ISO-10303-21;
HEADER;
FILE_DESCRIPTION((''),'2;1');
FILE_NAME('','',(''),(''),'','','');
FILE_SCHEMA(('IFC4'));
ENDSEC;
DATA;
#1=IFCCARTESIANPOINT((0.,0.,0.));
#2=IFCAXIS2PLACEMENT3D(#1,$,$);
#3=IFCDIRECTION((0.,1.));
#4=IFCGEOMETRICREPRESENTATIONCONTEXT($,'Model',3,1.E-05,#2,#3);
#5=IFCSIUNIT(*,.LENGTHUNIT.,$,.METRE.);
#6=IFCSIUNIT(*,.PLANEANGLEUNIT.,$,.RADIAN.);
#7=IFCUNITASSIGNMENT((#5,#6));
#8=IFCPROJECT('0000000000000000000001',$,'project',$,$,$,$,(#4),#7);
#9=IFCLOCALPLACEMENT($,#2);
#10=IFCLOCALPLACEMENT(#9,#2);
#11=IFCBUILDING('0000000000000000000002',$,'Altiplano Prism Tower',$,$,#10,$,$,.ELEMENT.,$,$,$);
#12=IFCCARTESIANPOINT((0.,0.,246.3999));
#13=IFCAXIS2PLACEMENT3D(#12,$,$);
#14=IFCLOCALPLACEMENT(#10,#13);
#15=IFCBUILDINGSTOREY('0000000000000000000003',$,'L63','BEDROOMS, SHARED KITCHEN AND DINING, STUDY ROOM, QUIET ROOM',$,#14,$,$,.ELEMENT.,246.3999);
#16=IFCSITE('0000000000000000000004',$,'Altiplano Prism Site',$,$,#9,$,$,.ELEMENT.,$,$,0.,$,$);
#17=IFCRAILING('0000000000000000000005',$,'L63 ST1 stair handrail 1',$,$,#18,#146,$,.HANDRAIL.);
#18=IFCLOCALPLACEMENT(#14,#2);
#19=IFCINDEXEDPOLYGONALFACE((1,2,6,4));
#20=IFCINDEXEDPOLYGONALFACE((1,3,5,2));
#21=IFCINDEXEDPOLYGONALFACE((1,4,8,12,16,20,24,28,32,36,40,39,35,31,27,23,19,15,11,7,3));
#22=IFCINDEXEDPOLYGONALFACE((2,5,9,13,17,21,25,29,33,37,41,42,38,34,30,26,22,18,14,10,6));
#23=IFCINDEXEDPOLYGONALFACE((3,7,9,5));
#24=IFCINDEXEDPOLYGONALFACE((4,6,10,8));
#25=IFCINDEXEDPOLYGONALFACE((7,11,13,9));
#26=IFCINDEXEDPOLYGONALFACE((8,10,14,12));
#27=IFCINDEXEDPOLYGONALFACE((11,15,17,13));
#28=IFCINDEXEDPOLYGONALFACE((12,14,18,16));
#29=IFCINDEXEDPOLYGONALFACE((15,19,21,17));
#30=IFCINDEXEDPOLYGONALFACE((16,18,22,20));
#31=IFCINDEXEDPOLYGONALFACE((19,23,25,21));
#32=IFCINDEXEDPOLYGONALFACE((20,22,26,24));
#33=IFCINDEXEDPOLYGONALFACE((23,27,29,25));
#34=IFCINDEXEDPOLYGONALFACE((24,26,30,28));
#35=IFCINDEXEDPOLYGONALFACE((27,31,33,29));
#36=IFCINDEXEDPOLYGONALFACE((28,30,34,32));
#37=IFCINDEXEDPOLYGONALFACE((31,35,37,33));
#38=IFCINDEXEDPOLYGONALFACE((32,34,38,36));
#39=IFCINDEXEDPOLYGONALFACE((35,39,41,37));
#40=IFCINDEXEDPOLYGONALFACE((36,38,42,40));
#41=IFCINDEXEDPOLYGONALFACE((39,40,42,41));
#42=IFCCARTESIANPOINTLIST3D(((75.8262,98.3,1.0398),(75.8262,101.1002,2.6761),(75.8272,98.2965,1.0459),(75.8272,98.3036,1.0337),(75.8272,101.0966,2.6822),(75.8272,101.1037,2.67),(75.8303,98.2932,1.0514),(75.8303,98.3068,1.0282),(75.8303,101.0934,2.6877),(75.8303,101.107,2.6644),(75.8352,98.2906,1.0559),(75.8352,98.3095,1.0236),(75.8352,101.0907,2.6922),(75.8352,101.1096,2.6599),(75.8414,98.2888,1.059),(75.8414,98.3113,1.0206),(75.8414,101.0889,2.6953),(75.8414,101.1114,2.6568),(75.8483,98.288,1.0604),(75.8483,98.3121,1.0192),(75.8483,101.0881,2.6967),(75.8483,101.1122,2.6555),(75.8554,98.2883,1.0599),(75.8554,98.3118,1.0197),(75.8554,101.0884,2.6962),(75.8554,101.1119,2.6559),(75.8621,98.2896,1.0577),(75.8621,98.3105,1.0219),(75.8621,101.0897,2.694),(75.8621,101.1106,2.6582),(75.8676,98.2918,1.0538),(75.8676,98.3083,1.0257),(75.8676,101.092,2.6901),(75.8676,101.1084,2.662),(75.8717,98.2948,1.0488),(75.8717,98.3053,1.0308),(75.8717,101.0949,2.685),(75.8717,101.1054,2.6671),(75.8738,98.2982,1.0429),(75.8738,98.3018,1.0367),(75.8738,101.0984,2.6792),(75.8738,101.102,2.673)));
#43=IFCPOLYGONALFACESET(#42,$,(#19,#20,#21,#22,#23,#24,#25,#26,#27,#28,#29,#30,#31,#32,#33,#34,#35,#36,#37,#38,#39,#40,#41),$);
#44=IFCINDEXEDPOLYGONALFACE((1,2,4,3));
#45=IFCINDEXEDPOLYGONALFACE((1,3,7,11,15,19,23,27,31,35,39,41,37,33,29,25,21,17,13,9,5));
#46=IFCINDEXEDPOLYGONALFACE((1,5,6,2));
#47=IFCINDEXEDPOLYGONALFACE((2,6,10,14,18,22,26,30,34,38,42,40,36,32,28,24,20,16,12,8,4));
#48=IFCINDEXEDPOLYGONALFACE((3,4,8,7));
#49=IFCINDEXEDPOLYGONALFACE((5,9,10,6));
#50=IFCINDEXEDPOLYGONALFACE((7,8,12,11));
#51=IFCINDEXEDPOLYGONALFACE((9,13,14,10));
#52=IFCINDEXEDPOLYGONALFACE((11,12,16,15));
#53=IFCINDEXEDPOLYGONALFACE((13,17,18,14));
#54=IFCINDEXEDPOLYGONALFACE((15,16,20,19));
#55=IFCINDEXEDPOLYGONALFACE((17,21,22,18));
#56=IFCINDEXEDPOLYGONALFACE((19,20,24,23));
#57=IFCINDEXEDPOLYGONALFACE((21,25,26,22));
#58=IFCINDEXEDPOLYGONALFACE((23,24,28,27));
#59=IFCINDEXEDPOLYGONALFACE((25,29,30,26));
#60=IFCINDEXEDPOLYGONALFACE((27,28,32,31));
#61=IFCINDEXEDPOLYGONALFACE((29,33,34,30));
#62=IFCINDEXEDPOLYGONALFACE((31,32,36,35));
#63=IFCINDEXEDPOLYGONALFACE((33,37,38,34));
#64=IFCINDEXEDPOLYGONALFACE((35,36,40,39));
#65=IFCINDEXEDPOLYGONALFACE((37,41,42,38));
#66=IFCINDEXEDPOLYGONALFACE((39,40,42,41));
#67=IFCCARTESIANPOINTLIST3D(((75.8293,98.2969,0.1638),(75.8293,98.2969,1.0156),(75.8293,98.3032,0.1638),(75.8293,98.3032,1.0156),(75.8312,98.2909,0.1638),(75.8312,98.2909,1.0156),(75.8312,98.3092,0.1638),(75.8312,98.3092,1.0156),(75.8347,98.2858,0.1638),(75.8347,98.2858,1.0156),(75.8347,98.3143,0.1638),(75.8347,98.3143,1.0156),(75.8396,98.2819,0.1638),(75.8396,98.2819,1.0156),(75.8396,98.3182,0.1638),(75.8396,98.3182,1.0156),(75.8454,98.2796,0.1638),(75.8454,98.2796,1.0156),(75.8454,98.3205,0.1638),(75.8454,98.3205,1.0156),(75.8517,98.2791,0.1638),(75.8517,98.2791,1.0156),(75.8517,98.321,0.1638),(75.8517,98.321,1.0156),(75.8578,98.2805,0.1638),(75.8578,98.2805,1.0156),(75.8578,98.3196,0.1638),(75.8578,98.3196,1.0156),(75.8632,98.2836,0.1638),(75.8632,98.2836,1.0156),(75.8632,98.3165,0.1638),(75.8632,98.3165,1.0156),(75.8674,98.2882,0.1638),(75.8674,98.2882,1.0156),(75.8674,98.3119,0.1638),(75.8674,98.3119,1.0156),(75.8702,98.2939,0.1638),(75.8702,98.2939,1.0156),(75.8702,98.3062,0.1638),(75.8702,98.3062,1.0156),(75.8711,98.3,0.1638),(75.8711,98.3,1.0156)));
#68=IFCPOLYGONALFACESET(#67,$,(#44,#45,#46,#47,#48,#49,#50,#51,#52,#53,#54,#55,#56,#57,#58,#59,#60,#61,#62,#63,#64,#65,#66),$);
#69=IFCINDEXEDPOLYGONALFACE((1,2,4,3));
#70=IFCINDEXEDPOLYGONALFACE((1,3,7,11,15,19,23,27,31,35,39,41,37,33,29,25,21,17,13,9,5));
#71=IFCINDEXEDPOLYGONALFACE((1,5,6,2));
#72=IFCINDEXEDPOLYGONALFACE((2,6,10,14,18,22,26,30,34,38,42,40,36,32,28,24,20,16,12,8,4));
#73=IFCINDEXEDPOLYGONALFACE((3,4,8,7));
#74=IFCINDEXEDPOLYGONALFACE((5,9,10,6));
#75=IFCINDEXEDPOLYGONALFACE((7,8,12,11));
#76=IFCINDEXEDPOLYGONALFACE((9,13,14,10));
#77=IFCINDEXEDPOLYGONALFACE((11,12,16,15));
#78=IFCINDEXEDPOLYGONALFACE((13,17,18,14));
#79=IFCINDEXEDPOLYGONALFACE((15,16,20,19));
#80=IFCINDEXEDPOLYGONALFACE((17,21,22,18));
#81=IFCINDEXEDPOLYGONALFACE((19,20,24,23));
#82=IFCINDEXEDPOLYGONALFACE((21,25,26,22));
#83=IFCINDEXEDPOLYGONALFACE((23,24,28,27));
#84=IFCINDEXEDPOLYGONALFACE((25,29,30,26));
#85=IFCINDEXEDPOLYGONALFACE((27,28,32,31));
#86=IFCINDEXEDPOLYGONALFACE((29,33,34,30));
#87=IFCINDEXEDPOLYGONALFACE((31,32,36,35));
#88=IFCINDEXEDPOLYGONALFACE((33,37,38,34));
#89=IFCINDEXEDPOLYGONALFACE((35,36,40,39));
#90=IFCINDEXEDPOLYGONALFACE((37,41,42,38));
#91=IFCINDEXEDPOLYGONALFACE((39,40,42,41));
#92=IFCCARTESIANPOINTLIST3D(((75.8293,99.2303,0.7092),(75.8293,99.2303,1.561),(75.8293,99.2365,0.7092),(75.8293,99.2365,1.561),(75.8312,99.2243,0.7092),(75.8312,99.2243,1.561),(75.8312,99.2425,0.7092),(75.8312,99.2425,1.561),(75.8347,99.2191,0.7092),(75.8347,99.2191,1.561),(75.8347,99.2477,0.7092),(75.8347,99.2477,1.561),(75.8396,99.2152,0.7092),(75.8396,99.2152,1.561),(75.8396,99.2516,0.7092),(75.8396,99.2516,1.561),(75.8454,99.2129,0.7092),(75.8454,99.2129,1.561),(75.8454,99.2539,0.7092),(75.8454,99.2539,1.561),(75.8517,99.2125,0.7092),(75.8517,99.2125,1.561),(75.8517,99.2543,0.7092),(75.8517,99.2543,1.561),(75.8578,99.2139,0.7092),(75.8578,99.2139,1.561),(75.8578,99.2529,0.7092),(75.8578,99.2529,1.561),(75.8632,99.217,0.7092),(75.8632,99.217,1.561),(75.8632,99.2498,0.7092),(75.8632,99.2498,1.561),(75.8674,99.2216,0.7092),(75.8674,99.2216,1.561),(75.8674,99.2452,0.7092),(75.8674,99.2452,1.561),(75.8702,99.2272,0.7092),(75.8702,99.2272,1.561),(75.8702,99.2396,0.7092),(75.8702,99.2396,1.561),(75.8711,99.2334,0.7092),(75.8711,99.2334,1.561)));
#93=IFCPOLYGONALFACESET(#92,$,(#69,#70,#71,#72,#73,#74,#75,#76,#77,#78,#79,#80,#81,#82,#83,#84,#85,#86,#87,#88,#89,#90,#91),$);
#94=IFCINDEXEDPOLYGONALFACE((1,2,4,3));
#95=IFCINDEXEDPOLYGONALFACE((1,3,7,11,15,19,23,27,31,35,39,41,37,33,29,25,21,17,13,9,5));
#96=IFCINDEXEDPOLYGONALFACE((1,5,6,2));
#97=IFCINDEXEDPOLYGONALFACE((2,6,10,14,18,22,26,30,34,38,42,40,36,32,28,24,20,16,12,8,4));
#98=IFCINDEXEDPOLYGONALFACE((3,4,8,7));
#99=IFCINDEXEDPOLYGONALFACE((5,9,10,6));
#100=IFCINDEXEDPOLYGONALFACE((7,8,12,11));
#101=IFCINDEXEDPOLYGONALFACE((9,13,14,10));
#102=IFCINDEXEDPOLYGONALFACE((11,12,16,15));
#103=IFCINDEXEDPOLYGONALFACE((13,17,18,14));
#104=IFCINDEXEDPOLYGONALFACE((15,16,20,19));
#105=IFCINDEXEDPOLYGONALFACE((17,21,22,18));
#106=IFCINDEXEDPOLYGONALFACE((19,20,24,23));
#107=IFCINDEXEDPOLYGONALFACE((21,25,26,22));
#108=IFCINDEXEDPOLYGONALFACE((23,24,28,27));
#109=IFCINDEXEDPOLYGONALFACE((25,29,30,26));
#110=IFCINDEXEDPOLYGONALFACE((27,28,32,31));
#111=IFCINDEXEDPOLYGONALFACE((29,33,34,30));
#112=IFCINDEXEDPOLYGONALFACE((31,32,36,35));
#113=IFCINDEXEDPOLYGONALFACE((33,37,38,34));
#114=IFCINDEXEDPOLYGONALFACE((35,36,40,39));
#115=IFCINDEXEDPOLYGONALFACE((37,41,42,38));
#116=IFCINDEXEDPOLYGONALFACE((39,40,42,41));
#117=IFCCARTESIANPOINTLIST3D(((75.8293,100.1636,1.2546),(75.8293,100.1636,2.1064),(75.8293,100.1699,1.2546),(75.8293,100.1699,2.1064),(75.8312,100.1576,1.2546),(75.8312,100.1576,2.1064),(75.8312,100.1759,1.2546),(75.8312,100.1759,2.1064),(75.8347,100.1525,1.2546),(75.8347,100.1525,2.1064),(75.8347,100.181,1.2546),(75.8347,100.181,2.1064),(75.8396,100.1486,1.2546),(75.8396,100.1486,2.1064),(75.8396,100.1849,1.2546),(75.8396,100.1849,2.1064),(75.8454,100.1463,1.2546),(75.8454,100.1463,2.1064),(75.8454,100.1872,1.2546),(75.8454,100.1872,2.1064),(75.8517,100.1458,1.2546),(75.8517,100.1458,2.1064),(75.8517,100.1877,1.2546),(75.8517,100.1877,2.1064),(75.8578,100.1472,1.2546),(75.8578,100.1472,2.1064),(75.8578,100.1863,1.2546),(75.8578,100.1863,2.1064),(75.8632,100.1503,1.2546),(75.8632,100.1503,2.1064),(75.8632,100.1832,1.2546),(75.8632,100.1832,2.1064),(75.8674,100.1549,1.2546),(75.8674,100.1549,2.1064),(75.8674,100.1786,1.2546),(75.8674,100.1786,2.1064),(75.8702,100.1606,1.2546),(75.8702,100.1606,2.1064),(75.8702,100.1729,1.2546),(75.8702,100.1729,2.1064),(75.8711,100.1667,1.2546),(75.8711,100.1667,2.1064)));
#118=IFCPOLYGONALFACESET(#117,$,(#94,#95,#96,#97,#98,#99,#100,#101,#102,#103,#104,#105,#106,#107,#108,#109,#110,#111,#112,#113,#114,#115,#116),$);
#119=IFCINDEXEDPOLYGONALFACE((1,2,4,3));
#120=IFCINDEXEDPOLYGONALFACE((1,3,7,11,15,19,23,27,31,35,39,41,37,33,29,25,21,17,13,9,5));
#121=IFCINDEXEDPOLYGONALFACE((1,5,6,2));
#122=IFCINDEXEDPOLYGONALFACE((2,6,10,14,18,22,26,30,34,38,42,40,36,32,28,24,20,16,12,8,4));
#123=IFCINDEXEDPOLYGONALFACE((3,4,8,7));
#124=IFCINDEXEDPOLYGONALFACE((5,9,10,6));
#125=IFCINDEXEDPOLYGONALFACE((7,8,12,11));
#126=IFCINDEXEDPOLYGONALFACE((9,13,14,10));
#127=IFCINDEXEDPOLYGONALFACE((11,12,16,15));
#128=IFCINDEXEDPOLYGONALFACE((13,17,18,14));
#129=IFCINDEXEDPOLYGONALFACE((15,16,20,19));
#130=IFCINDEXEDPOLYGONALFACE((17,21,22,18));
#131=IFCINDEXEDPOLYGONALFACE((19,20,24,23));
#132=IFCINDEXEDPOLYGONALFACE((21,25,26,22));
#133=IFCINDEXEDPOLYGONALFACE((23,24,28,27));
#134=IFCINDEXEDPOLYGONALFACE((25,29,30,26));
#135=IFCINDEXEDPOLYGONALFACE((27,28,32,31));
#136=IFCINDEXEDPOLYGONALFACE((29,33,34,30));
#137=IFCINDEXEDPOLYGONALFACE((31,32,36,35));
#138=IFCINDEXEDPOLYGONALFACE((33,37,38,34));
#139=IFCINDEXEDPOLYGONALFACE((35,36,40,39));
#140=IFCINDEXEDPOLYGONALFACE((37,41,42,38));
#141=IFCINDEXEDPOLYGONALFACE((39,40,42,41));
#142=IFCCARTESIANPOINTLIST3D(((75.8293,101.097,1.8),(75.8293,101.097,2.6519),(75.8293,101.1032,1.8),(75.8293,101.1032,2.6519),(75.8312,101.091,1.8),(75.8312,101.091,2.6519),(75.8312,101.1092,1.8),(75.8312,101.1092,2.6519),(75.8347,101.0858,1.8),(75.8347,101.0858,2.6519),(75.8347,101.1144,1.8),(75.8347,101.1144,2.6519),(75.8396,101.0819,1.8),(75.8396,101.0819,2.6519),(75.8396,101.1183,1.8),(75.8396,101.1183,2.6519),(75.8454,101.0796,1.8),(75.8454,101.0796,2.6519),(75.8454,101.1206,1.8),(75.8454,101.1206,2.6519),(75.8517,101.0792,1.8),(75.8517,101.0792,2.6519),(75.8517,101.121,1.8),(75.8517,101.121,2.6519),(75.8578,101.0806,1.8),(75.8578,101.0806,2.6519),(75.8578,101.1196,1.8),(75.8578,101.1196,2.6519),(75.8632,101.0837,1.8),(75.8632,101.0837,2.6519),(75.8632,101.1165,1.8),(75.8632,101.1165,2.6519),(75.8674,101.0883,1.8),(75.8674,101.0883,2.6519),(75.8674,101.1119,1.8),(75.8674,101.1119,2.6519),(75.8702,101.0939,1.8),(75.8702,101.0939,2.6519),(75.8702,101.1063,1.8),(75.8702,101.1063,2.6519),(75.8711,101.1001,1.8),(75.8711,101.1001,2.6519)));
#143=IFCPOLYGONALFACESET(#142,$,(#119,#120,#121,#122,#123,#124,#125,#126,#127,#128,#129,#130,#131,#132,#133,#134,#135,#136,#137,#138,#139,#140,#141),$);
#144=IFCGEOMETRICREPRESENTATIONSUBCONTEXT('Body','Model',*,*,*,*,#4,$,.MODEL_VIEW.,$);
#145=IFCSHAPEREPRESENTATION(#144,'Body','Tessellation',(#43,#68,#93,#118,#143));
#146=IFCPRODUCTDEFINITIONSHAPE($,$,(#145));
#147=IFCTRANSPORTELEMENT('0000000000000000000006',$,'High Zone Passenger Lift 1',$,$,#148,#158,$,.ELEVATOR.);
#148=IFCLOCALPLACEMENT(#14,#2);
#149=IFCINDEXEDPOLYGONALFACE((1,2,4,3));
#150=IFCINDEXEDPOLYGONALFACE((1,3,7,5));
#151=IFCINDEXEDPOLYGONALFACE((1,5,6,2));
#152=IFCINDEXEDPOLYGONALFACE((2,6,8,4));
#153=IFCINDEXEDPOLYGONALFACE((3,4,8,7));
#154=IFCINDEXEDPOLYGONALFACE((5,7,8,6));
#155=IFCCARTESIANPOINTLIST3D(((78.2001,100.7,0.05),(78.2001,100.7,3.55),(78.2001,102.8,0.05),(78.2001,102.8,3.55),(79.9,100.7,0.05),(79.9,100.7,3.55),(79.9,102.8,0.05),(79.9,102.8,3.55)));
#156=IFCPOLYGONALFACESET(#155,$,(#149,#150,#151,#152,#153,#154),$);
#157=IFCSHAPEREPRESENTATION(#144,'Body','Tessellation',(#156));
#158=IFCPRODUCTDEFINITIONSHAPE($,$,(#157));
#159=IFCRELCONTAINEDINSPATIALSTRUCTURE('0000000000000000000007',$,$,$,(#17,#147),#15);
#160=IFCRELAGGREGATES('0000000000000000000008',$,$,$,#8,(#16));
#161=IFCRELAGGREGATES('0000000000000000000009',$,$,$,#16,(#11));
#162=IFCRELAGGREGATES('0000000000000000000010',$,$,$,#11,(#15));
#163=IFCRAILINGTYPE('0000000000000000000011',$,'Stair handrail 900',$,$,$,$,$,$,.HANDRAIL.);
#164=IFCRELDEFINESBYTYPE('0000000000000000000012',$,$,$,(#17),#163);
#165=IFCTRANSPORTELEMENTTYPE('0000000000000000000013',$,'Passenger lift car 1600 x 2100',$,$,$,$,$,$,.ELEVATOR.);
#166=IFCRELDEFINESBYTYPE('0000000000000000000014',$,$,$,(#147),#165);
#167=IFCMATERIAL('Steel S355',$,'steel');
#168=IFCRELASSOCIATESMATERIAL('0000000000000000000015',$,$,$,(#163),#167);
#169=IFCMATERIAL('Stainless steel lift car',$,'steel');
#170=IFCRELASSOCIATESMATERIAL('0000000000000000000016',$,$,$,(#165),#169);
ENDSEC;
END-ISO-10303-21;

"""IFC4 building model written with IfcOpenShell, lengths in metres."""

from ifc_helpers import new_model, si_unit, direction, frame, origin, origin_2d, place, context, subcontext, project, spatial, rectangle, circle, extrude, material, type_object, element, save


model = new_model("IFC4")

# Units and contexts
model_context = context("Model", 3, precision=1e-05, world=origin(), true_north=direction((0.0, 1.0)))
body_context = subcontext(model_context, "Body", "Model", "MODEL_VIEW")
ifc_project = project(units=[si_unit("LENGTHUNIT", "METRE"), si_unit("PLANEANGLEUNIT", "RADIAN")], contexts=[model_context])

# Site, building, storey
site_placement = place(None, origin())
site = spatial("IfcSite", under=ifc_project, at=site_placement, Name="Altiplano Prism Site", CompositionType="ELEMENT", RefElevation=0.0)
building_placement = place(site_placement, origin())
building = spatial("IfcBuilding", under=site, at=building_placement, Name="Altiplano Prism Tower", CompositionType="ELEMENT")
storey_placement = place(building_placement, frame((0.0, 0.0, 246.3999)))
storey = spatial("IfcBuildingStorey", under=building, at=storey_placement, Name="L63", Description="BEDROOMS, SHARED KITCHEN AND DINING, STUDY ROOM, QUIET ROOM", CompositionType="ELEMENT", Elevation=246.3999)

# Railing
ifc_material_1 = material(Name="Steel S355", Category="steel")
railing_type = type_object("IfcRailingType", Name="Stair handrail 900", PredefinedType="HANDRAIL", material=ifc_material_1)
railing_placement = place(storey_placement, frame((75.8501, 98.3, 0.1638)))
element("IfcRailing", 1, at=railing_placement, inside=storey, type_object=railing_type, Name="L63 ST1 stair handrail 1", PredefinedType="HANDRAIL", context=body_context, shape_type="SweptSolid", body=[
    extrude(circle(Radius=0.0239, at=origin_2d()), frame((0.0, 0.0, 0.876), z_axis=(0.0, 0.863394, 0.504531), x_axis=(-1.0, 0.0, 0.0)), (0.0, 0.0, 1.0), 3.2432),
    extrude(circle(Radius=0.021, at=origin_2d()), origin(), (0.0, 0.0, 1.0), 0.8518),
    extrude(circle(Radius=0.021, at=origin_2d()), frame((0.0, 0.9333, 0.5454)), (0.0, 0.0, 1.0), 0.8518),
    extrude(circle(Radius=0.021, at=origin_2d()), frame((0.0, 1.8667, 1.0908)), (0.0, 0.0, 1.0), 0.8518),
    extrude(circle(Radius=0.021, at=origin_2d()), frame((0.0, 2.8, 1.6362)), (0.0, 0.0, 1.0), 0.8518),
])

# Transport element
ifc_material_2 = material(Name="Stainless steel lift car", Category="steel")
transport_element_type = type_object("IfcTransportElementType", Name="Passenger lift car 1600 x 2100", PredefinedType="ELEVATOR", material=ifc_material_2)
transport_element_placement = place(storey_placement, frame((79.05, 101.75, 0.05), z_axis=(0.0, 0.0, 1.0), x_axis=(1.0, 0.0, 0.0)))
element("IfcTransportElement", 2, at=transport_element_placement, inside=storey, type_object=transport_element_type, Name="High Zone Passenger Lift 1", PredefinedType="ELEVATOR", context=body_context, shape_type="SweptSolid", body=[
    extrude(rectangle(XDim=1.7, YDim=2.1001, at=origin_2d()), origin(), (0.0, 0.0, 1.0), 3.5),
])

save(model, "model.ifc")
